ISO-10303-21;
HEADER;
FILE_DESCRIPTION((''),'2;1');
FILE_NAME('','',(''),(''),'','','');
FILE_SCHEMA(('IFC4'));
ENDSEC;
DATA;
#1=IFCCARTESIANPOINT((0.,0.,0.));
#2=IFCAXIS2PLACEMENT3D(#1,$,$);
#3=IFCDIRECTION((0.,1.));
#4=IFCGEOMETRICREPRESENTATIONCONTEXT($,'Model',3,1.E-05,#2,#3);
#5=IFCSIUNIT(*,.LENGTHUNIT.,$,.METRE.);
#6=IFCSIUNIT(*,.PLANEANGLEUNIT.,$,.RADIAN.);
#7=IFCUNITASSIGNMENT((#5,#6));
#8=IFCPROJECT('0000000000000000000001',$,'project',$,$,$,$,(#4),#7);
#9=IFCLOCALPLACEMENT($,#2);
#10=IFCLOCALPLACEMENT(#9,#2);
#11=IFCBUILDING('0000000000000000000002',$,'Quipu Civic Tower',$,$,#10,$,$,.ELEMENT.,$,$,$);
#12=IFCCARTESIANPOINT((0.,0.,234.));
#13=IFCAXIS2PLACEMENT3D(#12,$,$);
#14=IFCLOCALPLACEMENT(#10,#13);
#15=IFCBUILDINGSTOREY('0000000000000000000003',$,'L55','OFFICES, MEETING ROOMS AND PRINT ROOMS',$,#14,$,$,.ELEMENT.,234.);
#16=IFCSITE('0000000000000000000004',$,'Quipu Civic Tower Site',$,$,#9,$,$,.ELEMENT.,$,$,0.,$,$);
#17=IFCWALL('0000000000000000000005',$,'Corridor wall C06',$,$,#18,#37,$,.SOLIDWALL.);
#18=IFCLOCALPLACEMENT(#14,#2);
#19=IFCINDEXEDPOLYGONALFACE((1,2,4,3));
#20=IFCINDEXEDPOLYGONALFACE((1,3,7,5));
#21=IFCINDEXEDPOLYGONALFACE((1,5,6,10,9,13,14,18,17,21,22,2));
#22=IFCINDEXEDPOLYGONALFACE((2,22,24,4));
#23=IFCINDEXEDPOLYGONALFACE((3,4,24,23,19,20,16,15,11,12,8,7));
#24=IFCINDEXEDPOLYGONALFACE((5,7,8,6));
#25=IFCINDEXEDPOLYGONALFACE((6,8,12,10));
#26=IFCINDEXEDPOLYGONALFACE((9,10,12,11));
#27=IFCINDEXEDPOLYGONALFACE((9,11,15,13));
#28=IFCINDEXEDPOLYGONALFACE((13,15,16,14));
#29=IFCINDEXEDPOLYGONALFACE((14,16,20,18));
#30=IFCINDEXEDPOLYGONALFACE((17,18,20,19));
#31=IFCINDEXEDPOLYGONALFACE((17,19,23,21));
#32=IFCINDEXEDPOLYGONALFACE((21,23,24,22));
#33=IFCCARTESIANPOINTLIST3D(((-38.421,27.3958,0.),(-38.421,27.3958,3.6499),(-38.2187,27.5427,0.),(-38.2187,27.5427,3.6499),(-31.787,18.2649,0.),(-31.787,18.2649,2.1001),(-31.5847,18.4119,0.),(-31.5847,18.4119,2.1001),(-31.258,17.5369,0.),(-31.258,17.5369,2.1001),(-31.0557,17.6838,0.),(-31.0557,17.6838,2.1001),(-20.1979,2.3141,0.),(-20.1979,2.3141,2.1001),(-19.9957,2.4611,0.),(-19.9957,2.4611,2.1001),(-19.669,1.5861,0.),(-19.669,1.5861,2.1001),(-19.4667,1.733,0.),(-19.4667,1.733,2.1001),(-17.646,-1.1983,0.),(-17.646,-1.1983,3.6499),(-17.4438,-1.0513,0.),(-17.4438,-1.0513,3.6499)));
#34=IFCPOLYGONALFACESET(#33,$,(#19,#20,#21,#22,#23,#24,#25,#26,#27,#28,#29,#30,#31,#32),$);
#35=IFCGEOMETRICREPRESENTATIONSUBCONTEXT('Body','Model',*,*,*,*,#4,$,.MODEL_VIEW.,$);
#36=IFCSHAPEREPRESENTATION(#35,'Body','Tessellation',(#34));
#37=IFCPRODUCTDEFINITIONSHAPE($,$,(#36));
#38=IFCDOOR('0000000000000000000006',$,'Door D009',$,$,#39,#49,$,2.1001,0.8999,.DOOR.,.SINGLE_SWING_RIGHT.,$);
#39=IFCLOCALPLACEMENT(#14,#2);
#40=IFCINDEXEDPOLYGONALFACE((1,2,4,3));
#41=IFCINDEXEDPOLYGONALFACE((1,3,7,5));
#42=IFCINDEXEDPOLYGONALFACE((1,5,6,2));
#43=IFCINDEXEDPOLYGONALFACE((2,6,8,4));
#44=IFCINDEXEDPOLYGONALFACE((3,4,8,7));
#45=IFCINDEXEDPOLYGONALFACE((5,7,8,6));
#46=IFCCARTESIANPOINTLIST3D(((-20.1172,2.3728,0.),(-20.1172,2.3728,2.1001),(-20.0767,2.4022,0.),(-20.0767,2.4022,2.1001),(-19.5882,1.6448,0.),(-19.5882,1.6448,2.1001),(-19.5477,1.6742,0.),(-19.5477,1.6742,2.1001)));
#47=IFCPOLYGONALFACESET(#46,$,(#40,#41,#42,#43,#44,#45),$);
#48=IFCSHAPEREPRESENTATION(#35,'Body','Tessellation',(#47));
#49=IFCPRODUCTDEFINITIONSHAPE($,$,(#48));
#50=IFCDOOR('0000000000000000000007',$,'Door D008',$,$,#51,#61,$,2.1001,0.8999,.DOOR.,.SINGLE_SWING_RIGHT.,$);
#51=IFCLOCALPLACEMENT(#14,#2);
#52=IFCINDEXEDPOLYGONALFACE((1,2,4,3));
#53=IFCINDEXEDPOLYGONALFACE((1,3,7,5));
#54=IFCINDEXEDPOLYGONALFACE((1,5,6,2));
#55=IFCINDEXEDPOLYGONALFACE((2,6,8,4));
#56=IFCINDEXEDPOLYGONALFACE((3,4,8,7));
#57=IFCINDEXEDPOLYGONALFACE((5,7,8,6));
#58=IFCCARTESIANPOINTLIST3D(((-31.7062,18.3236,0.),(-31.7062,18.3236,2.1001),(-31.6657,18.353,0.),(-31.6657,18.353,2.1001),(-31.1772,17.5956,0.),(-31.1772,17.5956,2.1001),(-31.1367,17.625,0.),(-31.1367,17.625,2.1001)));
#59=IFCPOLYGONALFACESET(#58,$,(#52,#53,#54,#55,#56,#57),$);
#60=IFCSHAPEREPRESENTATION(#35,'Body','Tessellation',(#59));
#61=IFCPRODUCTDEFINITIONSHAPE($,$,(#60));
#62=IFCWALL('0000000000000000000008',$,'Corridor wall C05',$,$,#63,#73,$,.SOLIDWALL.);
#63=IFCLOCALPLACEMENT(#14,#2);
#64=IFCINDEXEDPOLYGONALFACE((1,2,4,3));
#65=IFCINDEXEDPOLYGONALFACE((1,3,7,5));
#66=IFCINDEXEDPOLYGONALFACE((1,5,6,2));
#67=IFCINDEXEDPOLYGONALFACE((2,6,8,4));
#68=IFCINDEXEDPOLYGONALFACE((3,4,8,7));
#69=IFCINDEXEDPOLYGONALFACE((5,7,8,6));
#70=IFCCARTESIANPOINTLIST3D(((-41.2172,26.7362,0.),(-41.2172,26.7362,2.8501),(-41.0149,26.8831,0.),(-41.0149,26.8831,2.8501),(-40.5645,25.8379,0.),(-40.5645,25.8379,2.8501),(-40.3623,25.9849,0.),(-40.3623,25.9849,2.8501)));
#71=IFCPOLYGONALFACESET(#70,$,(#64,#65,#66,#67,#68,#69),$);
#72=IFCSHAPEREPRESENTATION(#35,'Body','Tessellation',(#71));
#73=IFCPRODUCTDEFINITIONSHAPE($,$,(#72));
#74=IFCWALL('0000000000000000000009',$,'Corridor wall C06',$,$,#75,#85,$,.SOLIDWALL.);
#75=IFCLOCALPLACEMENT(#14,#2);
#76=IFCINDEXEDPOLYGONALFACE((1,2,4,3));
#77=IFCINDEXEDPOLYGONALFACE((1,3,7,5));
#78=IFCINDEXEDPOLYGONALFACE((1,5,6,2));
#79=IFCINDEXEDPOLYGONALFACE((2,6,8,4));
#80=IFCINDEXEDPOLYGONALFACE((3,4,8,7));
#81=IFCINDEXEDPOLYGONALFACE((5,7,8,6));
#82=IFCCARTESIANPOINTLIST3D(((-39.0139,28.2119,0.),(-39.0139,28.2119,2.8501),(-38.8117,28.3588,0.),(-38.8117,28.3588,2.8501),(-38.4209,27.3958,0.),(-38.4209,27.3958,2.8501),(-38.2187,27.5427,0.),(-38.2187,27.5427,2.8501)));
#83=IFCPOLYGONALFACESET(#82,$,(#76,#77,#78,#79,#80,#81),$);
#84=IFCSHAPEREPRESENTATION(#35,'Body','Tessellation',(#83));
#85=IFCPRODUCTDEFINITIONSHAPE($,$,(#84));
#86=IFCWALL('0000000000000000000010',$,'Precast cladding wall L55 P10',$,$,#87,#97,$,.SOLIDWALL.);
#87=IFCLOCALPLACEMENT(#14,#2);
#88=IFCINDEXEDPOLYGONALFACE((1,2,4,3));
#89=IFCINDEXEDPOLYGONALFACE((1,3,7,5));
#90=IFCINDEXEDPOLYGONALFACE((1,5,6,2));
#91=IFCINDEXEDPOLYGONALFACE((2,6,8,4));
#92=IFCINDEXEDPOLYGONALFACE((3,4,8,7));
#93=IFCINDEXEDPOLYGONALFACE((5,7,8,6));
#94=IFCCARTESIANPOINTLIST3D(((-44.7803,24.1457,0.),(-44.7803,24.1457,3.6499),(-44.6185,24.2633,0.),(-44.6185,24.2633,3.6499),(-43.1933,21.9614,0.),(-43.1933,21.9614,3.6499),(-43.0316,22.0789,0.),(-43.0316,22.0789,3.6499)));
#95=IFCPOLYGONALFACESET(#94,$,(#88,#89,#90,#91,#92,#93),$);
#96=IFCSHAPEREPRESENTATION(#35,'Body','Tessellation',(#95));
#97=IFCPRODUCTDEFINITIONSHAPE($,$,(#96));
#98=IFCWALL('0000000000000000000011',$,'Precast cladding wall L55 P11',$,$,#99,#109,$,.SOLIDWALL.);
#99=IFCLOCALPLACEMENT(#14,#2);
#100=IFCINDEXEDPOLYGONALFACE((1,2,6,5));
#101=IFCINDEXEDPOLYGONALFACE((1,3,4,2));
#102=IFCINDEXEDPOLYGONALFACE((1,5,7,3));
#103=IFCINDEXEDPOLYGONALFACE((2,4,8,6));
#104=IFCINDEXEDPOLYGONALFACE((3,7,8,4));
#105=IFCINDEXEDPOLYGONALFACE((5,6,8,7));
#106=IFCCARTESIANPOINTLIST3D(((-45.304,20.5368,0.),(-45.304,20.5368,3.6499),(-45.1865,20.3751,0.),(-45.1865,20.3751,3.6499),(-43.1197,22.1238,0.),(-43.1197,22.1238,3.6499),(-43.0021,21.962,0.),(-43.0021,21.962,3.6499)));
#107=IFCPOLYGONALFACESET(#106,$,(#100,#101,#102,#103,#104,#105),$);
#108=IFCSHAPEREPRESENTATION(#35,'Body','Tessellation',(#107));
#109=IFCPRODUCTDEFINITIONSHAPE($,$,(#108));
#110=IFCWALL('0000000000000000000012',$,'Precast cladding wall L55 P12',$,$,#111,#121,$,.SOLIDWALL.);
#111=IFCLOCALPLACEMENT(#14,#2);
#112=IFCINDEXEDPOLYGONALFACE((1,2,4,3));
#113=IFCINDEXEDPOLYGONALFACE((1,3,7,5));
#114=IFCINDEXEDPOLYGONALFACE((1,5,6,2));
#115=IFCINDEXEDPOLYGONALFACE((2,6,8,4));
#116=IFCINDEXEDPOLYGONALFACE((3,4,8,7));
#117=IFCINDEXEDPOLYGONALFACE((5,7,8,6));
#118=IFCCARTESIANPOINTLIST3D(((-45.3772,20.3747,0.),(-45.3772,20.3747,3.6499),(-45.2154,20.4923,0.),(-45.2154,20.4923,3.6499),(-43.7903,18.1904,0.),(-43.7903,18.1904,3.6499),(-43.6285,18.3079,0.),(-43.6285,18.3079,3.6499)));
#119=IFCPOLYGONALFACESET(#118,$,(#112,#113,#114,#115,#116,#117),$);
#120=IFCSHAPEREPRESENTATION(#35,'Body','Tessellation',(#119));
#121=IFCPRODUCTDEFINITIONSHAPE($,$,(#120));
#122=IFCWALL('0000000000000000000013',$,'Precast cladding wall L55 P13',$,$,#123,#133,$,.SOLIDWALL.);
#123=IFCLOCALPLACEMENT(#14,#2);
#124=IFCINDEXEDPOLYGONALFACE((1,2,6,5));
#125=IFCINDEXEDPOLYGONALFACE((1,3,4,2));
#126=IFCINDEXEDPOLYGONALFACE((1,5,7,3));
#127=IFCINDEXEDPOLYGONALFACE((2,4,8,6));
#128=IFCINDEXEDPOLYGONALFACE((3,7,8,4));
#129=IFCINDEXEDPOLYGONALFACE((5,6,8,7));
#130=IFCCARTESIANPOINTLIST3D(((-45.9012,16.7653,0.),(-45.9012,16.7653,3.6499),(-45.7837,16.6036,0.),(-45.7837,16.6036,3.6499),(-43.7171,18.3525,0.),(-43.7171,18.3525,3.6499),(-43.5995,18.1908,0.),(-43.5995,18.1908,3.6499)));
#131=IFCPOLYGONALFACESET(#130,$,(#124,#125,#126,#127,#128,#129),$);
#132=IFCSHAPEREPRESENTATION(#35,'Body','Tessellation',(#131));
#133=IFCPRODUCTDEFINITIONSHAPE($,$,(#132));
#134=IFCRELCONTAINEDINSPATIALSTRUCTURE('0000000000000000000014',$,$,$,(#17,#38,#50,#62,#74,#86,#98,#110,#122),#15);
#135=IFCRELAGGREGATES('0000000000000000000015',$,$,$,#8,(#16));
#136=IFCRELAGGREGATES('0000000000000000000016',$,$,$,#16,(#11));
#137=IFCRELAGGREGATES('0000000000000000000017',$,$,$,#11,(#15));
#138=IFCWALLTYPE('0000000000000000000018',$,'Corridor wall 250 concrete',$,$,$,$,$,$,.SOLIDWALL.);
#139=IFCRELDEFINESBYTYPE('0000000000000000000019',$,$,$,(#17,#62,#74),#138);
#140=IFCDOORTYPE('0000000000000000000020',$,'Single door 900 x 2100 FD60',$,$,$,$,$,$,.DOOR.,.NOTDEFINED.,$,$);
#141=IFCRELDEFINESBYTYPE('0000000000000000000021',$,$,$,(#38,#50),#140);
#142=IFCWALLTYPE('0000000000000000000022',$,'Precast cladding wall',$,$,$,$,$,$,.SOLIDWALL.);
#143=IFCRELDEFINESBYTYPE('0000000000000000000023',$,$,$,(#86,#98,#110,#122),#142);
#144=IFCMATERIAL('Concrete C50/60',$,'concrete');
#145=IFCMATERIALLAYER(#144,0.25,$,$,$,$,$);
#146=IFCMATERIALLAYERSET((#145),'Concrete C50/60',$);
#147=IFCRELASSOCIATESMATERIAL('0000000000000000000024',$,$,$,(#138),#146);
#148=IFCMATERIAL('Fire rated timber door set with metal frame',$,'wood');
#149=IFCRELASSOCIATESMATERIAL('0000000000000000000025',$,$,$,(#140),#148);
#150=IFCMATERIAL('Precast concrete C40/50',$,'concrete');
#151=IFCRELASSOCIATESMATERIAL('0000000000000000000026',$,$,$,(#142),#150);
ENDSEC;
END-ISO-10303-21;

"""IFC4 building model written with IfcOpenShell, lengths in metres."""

from ifc_helpers import new_model, si_unit, direction, frame, frame_2d, origin, place, context, subcontext, project, spatial, rectangle, extrude, material, layer, layer_set, type_object, element, fill, save


model = new_model("IFC4")

# Units and contexts
model_context = context("Model", 3, precision=1e-05, world=origin(), true_north=direction((0.0, 1.0)))
body_context = subcontext(model_context, "Body", "Model", "MODEL_VIEW")
ifc_project = project(units=[si_unit("LENGTHUNIT", "METRE"), si_unit("PLANEANGLEUNIT", "RADIAN")], contexts=[model_context])

# Site, building, storey
site_placement = place(None, origin())
site = spatial("IfcSite", under=ifc_project, at=site_placement, Name="Quipu Civic Tower Site", CompositionType="ELEMENT", RefElevation=0.0)
building_placement = place(site_placement, origin())
building = spatial("IfcBuilding", under=site, at=building_placement, Name="Quipu Civic Tower", CompositionType="ELEMENT")
storey_placement = place(building_placement, frame((0.0, 0.0, 234.0)))
storey = spatial("IfcBuildingStorey", under=building, at=storey_placement, Name="L55", Description="OFFICES, MEETING ROOMS AND PRINT ROOMS", CompositionType="ELEMENT", Elevation=234.0)

# Wall, openings, doors
ifc_material_1 = material(Name="Concrete C50/60", Category="concrete")
ifc_layer_1 = layer(ifc_material_1, 0.25)
ifc_layer_set_1 = layer_set([ifc_layer_1], Name="Concrete C50/60")
wall_type_1 = type_object("IfcWallType", Name="Corridor wall 250 concrete", PredefinedType="SOLIDWALL", material=ifc_layer_set_1)
wall_1_placement = place(storey_placement, frame((-38.3198, 27.4692, 0.0), z_axis=(0.0, 0.0, 1.0), x_axis=(0.587788, -0.809015, 0.0)))
wall_1 = element("IfcWall", 1, at=wall_1_placement, inside=storey, type_object=wall_type_1, Name="Corridor wall C06", PredefinedType="SOLIDWALL", context=body_context, shape_type="SweptSolid", body=[
    extrude(rectangle(XDim=35.3442, YDim=0.25, at=frame_2d((17.6721, 0.0))), origin(), (0.0, 0.0, 1.0), 3.6499),
])
opening_1_placement = place(wall_1_placement, frame((31.0027, 0.0, 0.0)))
opening_1 = element("IfcOpeningElement", 2, at=opening_1_placement, cuts=wall_1, PredefinedType="OPENING", context=body_context, shape_type="SweptSolid", body=[
    extrude(rectangle(XDim=0.8999, YDim=2.1001, at=frame_2d((0.45, 1.05))), frame((0.0, 0.135, 0.0), z_axis=(0.0, -1.0, 0.0), x_axis=(1.0, 0.0, 0.0)), (0.0, 0.0, 1.0), 0.27),
])
opening_2_placement = place(wall_1_placement, frame((11.2864, 0.0, 0.0)))
opening_2 = element("IfcOpeningElement", 3, at=opening_2_placement, cuts=wall_1, PredefinedType="OPENING", context=body_context, shape_type="SweptSolid", body=[
    extrude(rectangle(XDim=0.8999, YDim=2.1001, at=frame_2d((0.45, 1.05))), frame((0.0, 0.135, 0.0), z_axis=(0.0, -1.0, 0.0), x_axis=(1.0, 0.0, 0.0)), (0.0, 0.0, 1.0), 0.27),
])
ifc_material_2 = material(Name="Fire rated timber door set with metal frame", Category="wood")
door_type = type_object("IfcDoorType", Name="Single door 900 x 2100 FD60", OperationType="NOTDEFINED", PredefinedType="DOOR", material=ifc_material_2)
door_1_placement = place(opening_1_placement, origin())
door_1 = element("IfcDoor", 4, at=door_1_placement, inside=storey, type_object=door_type, Name="Door D009", OperationType="SINGLE_SWING_RIGHT", OverallHeight=2.1001, OverallWidth=0.8999, PredefinedType="DOOR", context=body_context, shape_type="SweptSolid", body=[
    extrude(rectangle(XDim=0.8999, YDim=2.1001, at=frame_2d((0.45, 1.05))), frame((0.0, 0.0249, 0.0), z_axis=(0.0, -1.0, 0.0), x_axis=(1.0, 0.0, 0.0)), (0.0, 0.0, 1.0), 0.05),
])
fill(opening_1, door_1)
door_2_placement = place(opening_2_placement, origin())
door_2 = element("IfcDoor", 5, at=door_2_placement, inside=storey, type_object=door_type, Name="Door D008", OperationType="SINGLE_SWING_RIGHT", OverallHeight=2.1001, OverallWidth=0.8999, PredefinedType="DOOR", context=body_context, shape_type="SweptSolid", body=[
    extrude(rectangle(XDim=0.8999, YDim=2.1001, at=frame_2d((0.45, 1.05))), frame((0.0, 0.0249, 0.0), z_axis=(0.0, -1.0, 0.0), x_axis=(1.0, 0.0, 0.0)), (0.0, 0.0, 1.0), 0.05),
])
fill(opening_2, door_2)

# Walls
wall_2_placement = place(storey_placement, frame((-40.4634, 25.9114, 0.0), z_axis=(0.0, 0.0, 1.0), x_axis=(-0.587792, 0.809012, 0.0)))
element("IfcWall", 6, at=wall_2_placement, inside=storey, type_object=wall_type_1, Name="Corridor wall C05", PredefinedType="SOLIDWALL", context=body_context, shape_type="SweptSolid", body=[
    extrude(rectangle(XDim=1.1104, YDim=0.25, at=frame_2d((0.5552, 0.0))), origin(), (0.0, 0.0, 1.0), 2.8501),
])
wall_3_placement = place(storey_placement, frame((-38.3198, 27.4692, 0.0), z_axis=(0.0, 0.0, 1.0), x_axis=(-0.587812, 0.808998, 0.0)))
element("IfcWall", 7, at=wall_3_placement, inside=storey, type_object=wall_type_1, Name="Corridor wall C06", PredefinedType="SOLIDWALL", context=body_context, shape_type="SweptSolid", body=[
    extrude(rectangle(XDim=1.0088, YDim=0.25, at=frame_2d((0.5044, 0.0))), origin(), (0.0, 0.0, 1.0), 2.8501),
])
ifc_material_3 = material(Name="Precast concrete C40/50", Category="concrete")
wall_type_2 = type_object("IfcWallType", Name="Precast cladding wall", PredefinedType="SOLIDWALL", material=ifc_material_3)
for number, where, z_axis, x_axis, name in (
    (8, (-44.6995, 24.2046, 0.0), (0.0, 0.0, 1.0), (0.587763, -0.809033, 0.0), "Precast cladding wall L55 P10"),
    (9, (-43.0608, 22.043, 0.0), (0.0, 0.0, 1.0), (-0.809033, -0.587763, 0.0), "Precast cladding wall L55 P11"),
    (10, (-45.2964, 20.4336, 0.0), (0.0, 0.0, 1.0), (0.587763, -0.809033, 0.0), "Precast cladding wall L55 P12"),
    (11, (-43.6582, 18.2717, 0.0), (0.0, 0.0, 1.0), (-0.808959, -0.587865, 0.0), "Precast cladding wall L55 P13"),
):
    element("IfcWall", number, at=place(storey_placement, frame(where, z_axis=z_axis, x_axis=x_axis)), inside=storey, type_object=wall_type_2, Name=name, PredefinedType="SOLIDWALL", context=body_context, shape_type="SweptSolid", body=[
        extrude(rectangle(XDim=2.7, YDim=0.2, at=frame_2d((1.3501, 0.0))), origin(), (0.0, 0.0, 1.0), 3.6499),
    ])

save(model, "model.ifc")
